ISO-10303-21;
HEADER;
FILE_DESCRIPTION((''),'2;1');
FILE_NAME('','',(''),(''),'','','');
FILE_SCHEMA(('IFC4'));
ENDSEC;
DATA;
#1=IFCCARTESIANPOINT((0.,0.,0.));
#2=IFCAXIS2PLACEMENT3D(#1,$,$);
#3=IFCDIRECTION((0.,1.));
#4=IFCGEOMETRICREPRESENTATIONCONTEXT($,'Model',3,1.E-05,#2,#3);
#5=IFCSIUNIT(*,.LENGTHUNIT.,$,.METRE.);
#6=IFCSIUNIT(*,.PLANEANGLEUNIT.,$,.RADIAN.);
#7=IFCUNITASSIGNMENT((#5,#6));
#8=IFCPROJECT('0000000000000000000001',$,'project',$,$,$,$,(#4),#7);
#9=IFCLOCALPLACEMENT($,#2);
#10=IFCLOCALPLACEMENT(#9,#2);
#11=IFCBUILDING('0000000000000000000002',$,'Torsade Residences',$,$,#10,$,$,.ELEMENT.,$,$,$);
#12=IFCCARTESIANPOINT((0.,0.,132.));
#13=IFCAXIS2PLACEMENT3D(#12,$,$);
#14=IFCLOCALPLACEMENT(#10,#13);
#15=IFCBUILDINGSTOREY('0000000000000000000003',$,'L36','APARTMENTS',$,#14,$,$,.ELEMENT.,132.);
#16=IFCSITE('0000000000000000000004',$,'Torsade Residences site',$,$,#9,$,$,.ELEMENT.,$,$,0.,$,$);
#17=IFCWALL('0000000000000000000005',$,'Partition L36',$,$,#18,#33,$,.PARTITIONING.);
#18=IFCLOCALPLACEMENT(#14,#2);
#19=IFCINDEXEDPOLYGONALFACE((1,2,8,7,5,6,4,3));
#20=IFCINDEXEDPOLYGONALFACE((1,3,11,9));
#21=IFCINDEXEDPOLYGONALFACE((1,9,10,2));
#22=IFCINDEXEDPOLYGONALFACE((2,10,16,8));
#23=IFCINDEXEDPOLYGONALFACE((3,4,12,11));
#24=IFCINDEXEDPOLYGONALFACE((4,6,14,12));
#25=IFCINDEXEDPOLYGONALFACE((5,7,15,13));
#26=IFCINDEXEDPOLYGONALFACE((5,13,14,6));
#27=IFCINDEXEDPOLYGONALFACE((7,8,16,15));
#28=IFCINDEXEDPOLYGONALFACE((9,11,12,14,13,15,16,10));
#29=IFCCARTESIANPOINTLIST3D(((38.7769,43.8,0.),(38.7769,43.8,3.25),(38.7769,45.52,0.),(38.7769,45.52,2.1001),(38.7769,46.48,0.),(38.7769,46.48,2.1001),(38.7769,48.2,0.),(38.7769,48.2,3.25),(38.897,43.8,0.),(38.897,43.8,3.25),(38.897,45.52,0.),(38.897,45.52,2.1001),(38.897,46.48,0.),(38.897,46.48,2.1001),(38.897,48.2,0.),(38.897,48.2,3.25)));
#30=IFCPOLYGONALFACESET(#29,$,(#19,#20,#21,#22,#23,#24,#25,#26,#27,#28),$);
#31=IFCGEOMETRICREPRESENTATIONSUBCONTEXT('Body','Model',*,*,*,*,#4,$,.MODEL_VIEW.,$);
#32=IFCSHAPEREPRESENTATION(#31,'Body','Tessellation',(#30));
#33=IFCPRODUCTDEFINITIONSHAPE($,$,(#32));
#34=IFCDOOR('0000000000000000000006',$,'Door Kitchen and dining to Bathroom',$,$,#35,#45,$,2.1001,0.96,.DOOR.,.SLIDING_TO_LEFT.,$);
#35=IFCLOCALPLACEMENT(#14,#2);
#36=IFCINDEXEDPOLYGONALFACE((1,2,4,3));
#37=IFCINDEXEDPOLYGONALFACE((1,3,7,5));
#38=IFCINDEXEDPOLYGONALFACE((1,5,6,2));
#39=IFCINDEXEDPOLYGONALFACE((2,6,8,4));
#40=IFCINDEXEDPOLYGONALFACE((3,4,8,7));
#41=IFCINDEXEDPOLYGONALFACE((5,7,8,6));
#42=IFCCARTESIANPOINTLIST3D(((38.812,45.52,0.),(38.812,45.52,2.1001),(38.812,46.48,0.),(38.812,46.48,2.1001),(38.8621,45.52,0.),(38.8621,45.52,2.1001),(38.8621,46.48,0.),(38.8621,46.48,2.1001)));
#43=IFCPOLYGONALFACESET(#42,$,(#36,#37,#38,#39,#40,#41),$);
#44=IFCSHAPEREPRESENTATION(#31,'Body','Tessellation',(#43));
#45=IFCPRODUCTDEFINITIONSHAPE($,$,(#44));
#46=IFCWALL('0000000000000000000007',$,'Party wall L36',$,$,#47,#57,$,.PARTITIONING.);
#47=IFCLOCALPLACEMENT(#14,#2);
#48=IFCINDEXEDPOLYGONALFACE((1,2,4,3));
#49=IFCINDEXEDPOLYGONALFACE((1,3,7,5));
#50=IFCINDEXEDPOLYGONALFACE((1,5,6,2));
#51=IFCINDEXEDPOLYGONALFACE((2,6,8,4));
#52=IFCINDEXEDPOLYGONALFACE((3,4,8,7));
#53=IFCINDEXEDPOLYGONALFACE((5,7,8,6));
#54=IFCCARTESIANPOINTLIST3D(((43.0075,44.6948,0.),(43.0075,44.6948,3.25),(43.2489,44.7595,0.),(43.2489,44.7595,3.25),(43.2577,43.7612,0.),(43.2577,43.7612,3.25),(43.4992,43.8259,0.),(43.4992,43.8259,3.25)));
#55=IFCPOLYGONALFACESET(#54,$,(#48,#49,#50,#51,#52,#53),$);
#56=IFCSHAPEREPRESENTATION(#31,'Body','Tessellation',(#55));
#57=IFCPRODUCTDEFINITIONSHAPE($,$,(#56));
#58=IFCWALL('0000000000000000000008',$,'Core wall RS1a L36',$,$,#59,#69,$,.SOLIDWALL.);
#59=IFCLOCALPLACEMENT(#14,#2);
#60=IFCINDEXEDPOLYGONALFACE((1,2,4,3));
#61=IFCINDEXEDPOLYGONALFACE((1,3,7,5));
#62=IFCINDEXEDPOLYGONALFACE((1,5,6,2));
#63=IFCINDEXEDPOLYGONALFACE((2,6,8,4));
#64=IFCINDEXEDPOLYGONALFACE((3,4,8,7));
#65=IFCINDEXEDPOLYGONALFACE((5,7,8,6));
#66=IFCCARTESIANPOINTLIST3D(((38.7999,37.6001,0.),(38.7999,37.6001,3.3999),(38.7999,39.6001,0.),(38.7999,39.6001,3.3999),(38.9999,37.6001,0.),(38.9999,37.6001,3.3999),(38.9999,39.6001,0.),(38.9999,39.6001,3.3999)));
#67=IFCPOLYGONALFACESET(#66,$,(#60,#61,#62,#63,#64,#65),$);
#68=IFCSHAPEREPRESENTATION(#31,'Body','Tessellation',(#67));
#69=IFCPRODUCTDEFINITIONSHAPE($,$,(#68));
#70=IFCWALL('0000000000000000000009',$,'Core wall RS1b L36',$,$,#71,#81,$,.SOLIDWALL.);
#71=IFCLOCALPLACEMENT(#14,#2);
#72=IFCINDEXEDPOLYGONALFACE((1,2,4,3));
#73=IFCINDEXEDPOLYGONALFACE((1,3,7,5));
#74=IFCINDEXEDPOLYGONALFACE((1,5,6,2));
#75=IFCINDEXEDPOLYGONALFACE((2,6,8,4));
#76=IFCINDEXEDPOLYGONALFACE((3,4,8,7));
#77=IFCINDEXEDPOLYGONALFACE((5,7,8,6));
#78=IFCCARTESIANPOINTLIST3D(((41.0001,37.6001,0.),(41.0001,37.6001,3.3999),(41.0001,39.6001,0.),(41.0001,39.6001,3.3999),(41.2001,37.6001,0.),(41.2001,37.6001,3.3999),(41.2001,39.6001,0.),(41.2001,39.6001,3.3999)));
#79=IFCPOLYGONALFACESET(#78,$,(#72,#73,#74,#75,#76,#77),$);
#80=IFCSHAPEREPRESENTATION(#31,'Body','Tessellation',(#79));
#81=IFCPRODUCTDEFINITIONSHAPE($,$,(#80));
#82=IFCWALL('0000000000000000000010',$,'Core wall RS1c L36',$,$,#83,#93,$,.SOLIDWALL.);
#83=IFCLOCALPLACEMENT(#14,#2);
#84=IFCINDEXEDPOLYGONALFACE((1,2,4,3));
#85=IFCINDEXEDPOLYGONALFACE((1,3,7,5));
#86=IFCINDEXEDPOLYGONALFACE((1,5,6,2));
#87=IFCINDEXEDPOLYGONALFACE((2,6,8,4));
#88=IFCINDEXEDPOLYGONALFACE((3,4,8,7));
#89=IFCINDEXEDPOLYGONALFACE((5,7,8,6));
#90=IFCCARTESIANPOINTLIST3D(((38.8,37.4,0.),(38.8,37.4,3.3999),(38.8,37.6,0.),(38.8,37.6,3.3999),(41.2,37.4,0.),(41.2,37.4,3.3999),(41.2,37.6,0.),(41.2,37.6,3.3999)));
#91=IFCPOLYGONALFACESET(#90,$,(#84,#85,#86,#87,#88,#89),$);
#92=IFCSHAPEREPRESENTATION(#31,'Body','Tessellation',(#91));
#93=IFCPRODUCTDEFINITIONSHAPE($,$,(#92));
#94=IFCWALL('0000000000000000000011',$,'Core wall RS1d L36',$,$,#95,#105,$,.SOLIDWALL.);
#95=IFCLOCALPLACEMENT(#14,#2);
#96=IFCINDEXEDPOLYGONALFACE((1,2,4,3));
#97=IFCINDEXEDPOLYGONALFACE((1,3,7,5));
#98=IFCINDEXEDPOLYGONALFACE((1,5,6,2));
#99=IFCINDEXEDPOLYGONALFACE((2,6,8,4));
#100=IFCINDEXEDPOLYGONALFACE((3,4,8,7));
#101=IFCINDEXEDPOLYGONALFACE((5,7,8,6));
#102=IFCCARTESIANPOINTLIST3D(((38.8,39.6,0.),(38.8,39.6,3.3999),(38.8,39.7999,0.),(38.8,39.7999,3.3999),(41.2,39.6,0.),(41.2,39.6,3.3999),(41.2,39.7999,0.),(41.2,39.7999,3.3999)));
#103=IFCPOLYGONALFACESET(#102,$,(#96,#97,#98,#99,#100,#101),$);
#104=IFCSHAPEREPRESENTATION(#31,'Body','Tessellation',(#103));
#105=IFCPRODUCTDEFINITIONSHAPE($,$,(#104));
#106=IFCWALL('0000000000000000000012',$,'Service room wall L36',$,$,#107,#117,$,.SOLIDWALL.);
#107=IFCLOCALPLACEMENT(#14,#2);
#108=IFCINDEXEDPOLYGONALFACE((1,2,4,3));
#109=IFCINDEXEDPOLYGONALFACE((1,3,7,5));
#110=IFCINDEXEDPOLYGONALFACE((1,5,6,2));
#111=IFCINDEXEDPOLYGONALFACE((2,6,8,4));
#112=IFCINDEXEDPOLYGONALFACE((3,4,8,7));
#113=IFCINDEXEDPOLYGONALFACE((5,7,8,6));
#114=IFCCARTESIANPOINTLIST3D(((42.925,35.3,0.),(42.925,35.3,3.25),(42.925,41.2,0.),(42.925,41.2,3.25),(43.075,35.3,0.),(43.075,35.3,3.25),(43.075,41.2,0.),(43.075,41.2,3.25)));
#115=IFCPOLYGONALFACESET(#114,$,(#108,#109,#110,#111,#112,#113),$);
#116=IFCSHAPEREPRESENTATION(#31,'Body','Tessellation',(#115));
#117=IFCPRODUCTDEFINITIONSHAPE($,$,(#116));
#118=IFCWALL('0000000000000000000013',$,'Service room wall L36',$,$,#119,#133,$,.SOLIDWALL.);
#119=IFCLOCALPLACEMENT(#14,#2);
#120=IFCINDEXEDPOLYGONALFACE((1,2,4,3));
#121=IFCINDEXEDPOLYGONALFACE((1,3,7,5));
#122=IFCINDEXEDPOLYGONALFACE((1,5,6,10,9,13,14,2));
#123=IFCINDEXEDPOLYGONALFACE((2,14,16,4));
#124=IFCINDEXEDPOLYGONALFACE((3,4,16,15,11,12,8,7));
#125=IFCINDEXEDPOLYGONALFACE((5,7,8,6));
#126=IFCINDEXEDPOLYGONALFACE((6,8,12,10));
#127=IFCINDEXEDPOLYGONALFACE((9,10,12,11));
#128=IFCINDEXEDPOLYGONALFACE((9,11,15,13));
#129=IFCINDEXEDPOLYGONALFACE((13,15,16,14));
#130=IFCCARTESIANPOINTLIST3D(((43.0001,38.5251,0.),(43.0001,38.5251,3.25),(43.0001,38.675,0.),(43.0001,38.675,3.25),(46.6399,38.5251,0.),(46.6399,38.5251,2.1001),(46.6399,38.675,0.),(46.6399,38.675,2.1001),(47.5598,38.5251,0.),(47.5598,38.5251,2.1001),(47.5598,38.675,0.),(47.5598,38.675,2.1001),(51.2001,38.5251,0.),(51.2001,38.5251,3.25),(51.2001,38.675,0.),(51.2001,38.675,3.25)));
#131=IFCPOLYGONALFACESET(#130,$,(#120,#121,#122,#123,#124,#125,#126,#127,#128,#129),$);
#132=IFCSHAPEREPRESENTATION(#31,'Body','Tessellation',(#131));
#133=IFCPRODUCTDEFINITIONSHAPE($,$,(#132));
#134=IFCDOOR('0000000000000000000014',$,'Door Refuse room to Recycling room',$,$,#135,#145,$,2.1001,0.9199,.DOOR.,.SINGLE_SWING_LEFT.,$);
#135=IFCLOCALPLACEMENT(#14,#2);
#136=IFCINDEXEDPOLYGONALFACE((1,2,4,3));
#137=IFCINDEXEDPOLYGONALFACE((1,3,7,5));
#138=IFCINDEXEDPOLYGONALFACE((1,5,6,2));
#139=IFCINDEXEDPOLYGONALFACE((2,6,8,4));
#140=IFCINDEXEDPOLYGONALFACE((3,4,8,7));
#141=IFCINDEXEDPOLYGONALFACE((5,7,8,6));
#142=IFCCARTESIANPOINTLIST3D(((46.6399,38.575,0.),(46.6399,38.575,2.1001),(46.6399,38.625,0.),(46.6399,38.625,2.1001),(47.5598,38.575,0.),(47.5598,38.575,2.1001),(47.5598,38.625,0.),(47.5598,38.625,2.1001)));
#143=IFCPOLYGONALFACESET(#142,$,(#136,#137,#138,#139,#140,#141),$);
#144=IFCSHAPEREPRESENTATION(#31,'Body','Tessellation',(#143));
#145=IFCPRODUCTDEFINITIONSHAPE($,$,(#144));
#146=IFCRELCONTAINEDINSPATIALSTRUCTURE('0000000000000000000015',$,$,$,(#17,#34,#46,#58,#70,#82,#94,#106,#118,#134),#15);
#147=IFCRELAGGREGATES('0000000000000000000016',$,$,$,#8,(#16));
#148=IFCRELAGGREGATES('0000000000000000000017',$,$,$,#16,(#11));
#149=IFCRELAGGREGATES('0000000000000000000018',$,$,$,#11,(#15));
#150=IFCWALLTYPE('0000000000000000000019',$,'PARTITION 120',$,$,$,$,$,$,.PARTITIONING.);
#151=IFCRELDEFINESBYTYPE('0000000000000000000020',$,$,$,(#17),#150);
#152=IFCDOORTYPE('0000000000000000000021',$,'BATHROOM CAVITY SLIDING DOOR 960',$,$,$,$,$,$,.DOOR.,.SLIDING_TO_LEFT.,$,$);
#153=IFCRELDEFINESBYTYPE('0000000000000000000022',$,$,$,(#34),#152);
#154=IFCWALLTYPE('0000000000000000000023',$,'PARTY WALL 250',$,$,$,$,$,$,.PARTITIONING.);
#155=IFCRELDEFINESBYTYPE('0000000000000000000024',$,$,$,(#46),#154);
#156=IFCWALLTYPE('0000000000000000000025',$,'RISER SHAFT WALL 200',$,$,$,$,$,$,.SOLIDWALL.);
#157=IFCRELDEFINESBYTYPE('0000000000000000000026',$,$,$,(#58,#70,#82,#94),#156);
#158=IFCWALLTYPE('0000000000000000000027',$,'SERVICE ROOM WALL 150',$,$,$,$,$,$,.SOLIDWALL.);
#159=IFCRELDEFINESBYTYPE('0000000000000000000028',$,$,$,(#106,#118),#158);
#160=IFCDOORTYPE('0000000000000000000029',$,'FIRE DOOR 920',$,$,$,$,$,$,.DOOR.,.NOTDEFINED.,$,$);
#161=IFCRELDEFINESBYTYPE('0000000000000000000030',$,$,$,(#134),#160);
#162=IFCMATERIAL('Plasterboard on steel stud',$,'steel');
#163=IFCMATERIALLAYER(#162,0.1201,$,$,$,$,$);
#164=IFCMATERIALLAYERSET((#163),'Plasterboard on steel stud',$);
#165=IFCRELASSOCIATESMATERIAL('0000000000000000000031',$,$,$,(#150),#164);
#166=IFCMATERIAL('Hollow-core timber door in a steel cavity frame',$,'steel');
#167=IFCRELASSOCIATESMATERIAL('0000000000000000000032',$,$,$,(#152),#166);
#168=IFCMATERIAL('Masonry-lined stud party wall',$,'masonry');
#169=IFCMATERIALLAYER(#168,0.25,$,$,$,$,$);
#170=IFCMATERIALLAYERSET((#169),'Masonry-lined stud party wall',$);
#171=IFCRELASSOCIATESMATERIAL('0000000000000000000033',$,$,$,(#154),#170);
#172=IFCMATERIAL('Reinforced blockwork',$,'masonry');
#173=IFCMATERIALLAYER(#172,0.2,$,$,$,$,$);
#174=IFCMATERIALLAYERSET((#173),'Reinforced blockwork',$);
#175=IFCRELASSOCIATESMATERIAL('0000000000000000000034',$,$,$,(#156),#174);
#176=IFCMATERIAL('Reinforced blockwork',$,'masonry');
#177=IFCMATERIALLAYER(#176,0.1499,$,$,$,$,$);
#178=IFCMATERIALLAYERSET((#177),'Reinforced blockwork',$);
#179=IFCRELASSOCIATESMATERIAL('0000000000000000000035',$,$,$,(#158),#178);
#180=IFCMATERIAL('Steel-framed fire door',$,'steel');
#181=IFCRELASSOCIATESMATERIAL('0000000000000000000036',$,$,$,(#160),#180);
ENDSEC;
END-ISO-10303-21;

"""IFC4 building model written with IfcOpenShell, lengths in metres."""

from ifc_helpers import new_model, si_unit, direction, frame, frame_2d, origin, place, context, subcontext, project, spatial, rectangle, extrude, material, layer, layer_set, type_object, element, fill, save


model = new_model("IFC4")

# Units and contexts
model_context = context("Model", 3, precision=1e-05, world=origin(), true_north=direction((0.0, 1.0)))
body_context = subcontext(model_context, "Body", "Model", "MODEL_VIEW")
ifc_project = project(units=[si_unit("LENGTHUNIT", "METRE"), si_unit("PLANEANGLEUNIT", "RADIAN")], contexts=[model_context])

# Site, building, storey
site_placement = place(None, origin())
site = spatial("IfcSite", under=ifc_project, at=site_placement, Name="Torsade Residences site", CompositionType="ELEMENT", RefElevation=0.0)
building_placement = place(site_placement, origin())
building = spatial("IfcBuilding", under=site, at=building_placement, Name="Torsade Residences", CompositionType="ELEMENT")
storey_placement = place(building_placement, frame((0.0, 0.0, 132.0)))
storey = spatial("IfcBuildingStorey", under=building, at=storey_placement, Name="L36", Description="APARTMENTS", CompositionType="ELEMENT", Elevation=132.0)

# Wall, opening, door
ifc_material_1 = material(Name="Plasterboard on steel stud", Category="steel")
ifc_layer_1 = layer(ifc_material_1, 0.1201)
ifc_layer_set_1 = layer_set([ifc_layer_1], Name="Plasterboard on steel stud")
wall_type_1 = type_object("IfcWallType", Name="PARTITION 120", PredefinedType="PARTITIONING", material=ifc_layer_set_1)
wall_1_placement = place(storey_placement, frame((38.8369, 43.8, 0.0), z_axis=(0.0, 0.0, 1.0), x_axis=(0.0, 1.0, 0.0)))
wall_1 = element("IfcWall", 1, at=wall_1_placement, inside=storey, type_object=wall_type_1, Name="Partition L36", PredefinedType="PARTITIONING", context=body_context, shape_type="SweptSolid", body=[
    extrude(rectangle(XDim=4.3999, YDim=0.1201, at=frame_2d((2.2, 0.0))), origin(), (0.0, 0.0, 1.0), 3.25),
])
opening_1_placement = place(wall_1_placement, frame((1.72, 0.0, 0.0)))
opening_1 = element("IfcOpeningElement", 2, at=opening_1_placement, cuts=wall_1, PredefinedType="OPENING", context=body_context, shape_type="SweptSolid", body=[
    extrude(rectangle(XDim=0.96, YDim=2.1001, at=frame_2d((0.48, 1.05))), frame((0.0, 0.0701, 0.0), z_axis=(0.0, -1.0, 0.0), x_axis=(1.0, 0.0, 0.0)), (0.0, 0.0, 1.0), 0.1401),
])
ifc_material_2 = material(Name="Hollow-core timber door in a steel cavity frame", Category="steel")
door_type_1 = type_object("IfcDoorType", Name="BATHROOM CAVITY SLIDING DOOR 960", OperationType="SLIDING_TO_LEFT", PredefinedType="DOOR", material=ifc_material_2)
door_1_placement = place(opening_1_placement, origin())
door_1 = element("IfcDoor", 3, at=door_1_placement, inside=storey, type_object=door_type_1, Name="Door Kitchen and dining to Bathroom", OperationType="SLIDING_TO_LEFT", OverallHeight=2.1001, OverallWidth=0.96, PredefinedType="DOOR", context=body_context, shape_type="SweptSolid", body=[
    extrude(rectangle(XDim=0.96, YDim=2.1001, at=frame_2d((0.48, 1.05))), frame((0.0, 0.0249, 0.0), z_axis=(0.0, -1.0, 0.0), x_axis=(1.0, 0.0, 0.0)), (0.0, 0.0, 1.0), 0.05),
])
fill(opening_1, door_1)

# Walls
ifc_material_3 = material(Name="Masonry-lined stud party wall", Category="masonry")
ifc_layer_2 = layer(ifc_material_3, 0.25)
ifc_layer_set_2 = layer_set([ifc_layer_2], Name="Masonry-lined stud party wall")
wall_type_2 = type_object("IfcWallType", Name="PARTY WALL 250", PredefinedType="PARTITIONING", material=ifc_layer_set_2)
wall_2_placement = place(storey_placement, frame((43.1282, 44.7273, 0.0), z_axis=(0.0, 0.0, 1.0), x_axis=(0.258904, -0.965903, 0.0)))
element("IfcWall", 4, at=wall_2_placement, inside=storey, type_object=wall_type_2, Name="Party wall L36", PredefinedType="PARTITIONING", context=body_context, shape_type="SweptSolid", body=[
    extrude(rectangle(XDim=0.9666, YDim=0.25, at=frame_2d((0.4834, 0.0))), origin(), (0.0, 0.0, 1.0), 3.25),
])
ifc_material_4 = material(Name="Reinforced blockwork", Category="masonry")
ifc_layer_3 = layer(ifc_material_4, 0.2)
ifc_layer_set_3 = layer_set([ifc_layer_3], Name="Reinforced blockwork")
wall_type_3 = type_object("IfcWallType", Name="RISER SHAFT WALL 200", PredefinedType="SOLIDWALL", material=ifc_layer_set_3)
for number, where, z_axis, x_axis, name in (
    (5, (38.8999, 37.6001, 0.0), (0.0, 0.0, 1.0), (0.0, 1.0, 0.0), "Core wall RS1a L36"),
    (6, (41.1001, 37.6001, 0.0), (0.0, 0.0, 1.0), (0.0, 1.0, 0.0), "Core wall RS1b L36"),
):
    element("IfcWall", number, at=place(storey_placement, frame(where, z_axis=z_axis, x_axis=x_axis)), inside=storey, type_object=wall_type_3, Name=name, PredefinedType="SOLIDWALL", context=body_context, shape_type="SweptSolid", body=[
        extrude(rectangle(XDim=2.0, YDim=0.2, at=frame_2d((1.0, 0.0))), origin(), (0.0, 0.0, 1.0), 3.3999),
    ])
for number, where, z_axis, x_axis, name in (
    (7, (38.8, 37.5, 0.0), (0.0, 0.0, 1.0), (1.0, 0.0, 0.0), "Core wall RS1c L36"),
    (8, (38.8, 39.7, 0.0), (0.0, 0.0, 1.0), (1.0, 0.0, 0.0), "Core wall RS1d L36"),
):
    element("IfcWall", number, at=place(storey_placement, frame(where, z_axis=z_axis, x_axis=x_axis)), inside=storey, type_object=wall_type_3, Name=name, PredefinedType="SOLIDWALL", context=body_context, shape_type="SweptSolid", body=[
        extrude(rectangle(XDim=2.3999, YDim=0.2, at=frame_2d((1.2, 0.0))), origin(), (0.0, 0.0, 1.0), 3.3999),
    ])
ifc_material_5 = material(Name="Reinforced blockwork", Category="masonry")
ifc_layer_4 = layer(ifc_material_5, 0.1499)
ifc_layer_set_4 = layer_set([ifc_layer_4], Name="Reinforced blockwork")
wall_type_4 = type_object("IfcWallType", Name="SERVICE ROOM WALL 150", PredefinedType="SOLIDWALL", material=ifc_layer_set_4)
wall_3_placement = place(storey_placement, frame((43.0, 41.2, 0.0), z_axis=(0.0, 0.0, 1.0), x_axis=(0.0, -1.0, 0.0)))
element("IfcWall", 9, at=wall_3_placement, inside=storey, type_object=wall_type_4, Name="Service room wall L36", PredefinedType="SOLIDWALL", context=body_context, shape_type="SweptSolid", body=[
    extrude(rectangle(XDim=5.8999, YDim=0.1499, at=frame_2d((2.95, 0.0))), origin(), (0.0, 0.0, 1.0), 3.25),
])

# Wall, opening, door
wall_4_placement = place(storey_placement, frame((43.0, 38.6001, 0.0), z_axis=(0.0, 0.0, 1.0), x_axis=(1.0, 0.0, 0.0)))
wall_4 = element("IfcWall", 10, at=wall_4_placement, inside=storey, type_object=wall_type_4, Name="Service room wall L36", PredefinedType="SOLIDWALL", context=body_context, shape_type="SweptSolid", body=[
    extrude(rectangle(XDim=8.2, YDim=0.1499, at=frame_2d((4.1001, 0.0))), origin(), (0.0, 0.0, 1.0), 3.25),
])
opening_2_placement = place(wall_4_placement, frame((3.6399, 0.0, 0.0)))
opening_2 = element("IfcOpeningElement", 11, at=opening_2_placement, cuts=wall_4, PredefinedType="OPENING", context=body_context, shape_type="SweptSolid", body=[
    extrude(rectangle(XDim=0.9199, YDim=2.1001, at=frame_2d((0.46, 1.05))), frame((0.0, 0.085, 0.0), z_axis=(0.0, -1.0, 0.0), x_axis=(1.0, 0.0, 0.0)), (0.0, 0.0, 1.0), 0.1699),
])
ifc_material_6 = material(Name="Steel-framed fire door", Category="steel")
door_type_2 = type_object("IfcDoorType", Name="FIRE DOOR 920", OperationType="NOTDEFINED", PredefinedType="DOOR", material=ifc_material_6)
door_2_placement = place(opening_2_placement, origin())
door_2 = element("IfcDoor", 12, at=door_2_placement, inside=storey, type_object=door_type_2, Name="Door Refuse room to Recycling room", OperationType="SINGLE_SWING_LEFT", OverallHeight=2.1001, OverallWidth=0.9199, PredefinedType="DOOR", context=body_context, shape_type="SweptSolid", body=[
    extrude(rectangle(XDim=0.9199, YDim=2.1001, at=frame_2d((0.46, 1.05))), frame((0.0, 0.0249, 0.0), z_axis=(0.0, -1.0, 0.0), x_axis=(1.0, 0.0, 0.0)), (0.0, 0.0, 1.0), 0.05),
])
fill(opening_2, door_2)

save(model, "model.ifc")
